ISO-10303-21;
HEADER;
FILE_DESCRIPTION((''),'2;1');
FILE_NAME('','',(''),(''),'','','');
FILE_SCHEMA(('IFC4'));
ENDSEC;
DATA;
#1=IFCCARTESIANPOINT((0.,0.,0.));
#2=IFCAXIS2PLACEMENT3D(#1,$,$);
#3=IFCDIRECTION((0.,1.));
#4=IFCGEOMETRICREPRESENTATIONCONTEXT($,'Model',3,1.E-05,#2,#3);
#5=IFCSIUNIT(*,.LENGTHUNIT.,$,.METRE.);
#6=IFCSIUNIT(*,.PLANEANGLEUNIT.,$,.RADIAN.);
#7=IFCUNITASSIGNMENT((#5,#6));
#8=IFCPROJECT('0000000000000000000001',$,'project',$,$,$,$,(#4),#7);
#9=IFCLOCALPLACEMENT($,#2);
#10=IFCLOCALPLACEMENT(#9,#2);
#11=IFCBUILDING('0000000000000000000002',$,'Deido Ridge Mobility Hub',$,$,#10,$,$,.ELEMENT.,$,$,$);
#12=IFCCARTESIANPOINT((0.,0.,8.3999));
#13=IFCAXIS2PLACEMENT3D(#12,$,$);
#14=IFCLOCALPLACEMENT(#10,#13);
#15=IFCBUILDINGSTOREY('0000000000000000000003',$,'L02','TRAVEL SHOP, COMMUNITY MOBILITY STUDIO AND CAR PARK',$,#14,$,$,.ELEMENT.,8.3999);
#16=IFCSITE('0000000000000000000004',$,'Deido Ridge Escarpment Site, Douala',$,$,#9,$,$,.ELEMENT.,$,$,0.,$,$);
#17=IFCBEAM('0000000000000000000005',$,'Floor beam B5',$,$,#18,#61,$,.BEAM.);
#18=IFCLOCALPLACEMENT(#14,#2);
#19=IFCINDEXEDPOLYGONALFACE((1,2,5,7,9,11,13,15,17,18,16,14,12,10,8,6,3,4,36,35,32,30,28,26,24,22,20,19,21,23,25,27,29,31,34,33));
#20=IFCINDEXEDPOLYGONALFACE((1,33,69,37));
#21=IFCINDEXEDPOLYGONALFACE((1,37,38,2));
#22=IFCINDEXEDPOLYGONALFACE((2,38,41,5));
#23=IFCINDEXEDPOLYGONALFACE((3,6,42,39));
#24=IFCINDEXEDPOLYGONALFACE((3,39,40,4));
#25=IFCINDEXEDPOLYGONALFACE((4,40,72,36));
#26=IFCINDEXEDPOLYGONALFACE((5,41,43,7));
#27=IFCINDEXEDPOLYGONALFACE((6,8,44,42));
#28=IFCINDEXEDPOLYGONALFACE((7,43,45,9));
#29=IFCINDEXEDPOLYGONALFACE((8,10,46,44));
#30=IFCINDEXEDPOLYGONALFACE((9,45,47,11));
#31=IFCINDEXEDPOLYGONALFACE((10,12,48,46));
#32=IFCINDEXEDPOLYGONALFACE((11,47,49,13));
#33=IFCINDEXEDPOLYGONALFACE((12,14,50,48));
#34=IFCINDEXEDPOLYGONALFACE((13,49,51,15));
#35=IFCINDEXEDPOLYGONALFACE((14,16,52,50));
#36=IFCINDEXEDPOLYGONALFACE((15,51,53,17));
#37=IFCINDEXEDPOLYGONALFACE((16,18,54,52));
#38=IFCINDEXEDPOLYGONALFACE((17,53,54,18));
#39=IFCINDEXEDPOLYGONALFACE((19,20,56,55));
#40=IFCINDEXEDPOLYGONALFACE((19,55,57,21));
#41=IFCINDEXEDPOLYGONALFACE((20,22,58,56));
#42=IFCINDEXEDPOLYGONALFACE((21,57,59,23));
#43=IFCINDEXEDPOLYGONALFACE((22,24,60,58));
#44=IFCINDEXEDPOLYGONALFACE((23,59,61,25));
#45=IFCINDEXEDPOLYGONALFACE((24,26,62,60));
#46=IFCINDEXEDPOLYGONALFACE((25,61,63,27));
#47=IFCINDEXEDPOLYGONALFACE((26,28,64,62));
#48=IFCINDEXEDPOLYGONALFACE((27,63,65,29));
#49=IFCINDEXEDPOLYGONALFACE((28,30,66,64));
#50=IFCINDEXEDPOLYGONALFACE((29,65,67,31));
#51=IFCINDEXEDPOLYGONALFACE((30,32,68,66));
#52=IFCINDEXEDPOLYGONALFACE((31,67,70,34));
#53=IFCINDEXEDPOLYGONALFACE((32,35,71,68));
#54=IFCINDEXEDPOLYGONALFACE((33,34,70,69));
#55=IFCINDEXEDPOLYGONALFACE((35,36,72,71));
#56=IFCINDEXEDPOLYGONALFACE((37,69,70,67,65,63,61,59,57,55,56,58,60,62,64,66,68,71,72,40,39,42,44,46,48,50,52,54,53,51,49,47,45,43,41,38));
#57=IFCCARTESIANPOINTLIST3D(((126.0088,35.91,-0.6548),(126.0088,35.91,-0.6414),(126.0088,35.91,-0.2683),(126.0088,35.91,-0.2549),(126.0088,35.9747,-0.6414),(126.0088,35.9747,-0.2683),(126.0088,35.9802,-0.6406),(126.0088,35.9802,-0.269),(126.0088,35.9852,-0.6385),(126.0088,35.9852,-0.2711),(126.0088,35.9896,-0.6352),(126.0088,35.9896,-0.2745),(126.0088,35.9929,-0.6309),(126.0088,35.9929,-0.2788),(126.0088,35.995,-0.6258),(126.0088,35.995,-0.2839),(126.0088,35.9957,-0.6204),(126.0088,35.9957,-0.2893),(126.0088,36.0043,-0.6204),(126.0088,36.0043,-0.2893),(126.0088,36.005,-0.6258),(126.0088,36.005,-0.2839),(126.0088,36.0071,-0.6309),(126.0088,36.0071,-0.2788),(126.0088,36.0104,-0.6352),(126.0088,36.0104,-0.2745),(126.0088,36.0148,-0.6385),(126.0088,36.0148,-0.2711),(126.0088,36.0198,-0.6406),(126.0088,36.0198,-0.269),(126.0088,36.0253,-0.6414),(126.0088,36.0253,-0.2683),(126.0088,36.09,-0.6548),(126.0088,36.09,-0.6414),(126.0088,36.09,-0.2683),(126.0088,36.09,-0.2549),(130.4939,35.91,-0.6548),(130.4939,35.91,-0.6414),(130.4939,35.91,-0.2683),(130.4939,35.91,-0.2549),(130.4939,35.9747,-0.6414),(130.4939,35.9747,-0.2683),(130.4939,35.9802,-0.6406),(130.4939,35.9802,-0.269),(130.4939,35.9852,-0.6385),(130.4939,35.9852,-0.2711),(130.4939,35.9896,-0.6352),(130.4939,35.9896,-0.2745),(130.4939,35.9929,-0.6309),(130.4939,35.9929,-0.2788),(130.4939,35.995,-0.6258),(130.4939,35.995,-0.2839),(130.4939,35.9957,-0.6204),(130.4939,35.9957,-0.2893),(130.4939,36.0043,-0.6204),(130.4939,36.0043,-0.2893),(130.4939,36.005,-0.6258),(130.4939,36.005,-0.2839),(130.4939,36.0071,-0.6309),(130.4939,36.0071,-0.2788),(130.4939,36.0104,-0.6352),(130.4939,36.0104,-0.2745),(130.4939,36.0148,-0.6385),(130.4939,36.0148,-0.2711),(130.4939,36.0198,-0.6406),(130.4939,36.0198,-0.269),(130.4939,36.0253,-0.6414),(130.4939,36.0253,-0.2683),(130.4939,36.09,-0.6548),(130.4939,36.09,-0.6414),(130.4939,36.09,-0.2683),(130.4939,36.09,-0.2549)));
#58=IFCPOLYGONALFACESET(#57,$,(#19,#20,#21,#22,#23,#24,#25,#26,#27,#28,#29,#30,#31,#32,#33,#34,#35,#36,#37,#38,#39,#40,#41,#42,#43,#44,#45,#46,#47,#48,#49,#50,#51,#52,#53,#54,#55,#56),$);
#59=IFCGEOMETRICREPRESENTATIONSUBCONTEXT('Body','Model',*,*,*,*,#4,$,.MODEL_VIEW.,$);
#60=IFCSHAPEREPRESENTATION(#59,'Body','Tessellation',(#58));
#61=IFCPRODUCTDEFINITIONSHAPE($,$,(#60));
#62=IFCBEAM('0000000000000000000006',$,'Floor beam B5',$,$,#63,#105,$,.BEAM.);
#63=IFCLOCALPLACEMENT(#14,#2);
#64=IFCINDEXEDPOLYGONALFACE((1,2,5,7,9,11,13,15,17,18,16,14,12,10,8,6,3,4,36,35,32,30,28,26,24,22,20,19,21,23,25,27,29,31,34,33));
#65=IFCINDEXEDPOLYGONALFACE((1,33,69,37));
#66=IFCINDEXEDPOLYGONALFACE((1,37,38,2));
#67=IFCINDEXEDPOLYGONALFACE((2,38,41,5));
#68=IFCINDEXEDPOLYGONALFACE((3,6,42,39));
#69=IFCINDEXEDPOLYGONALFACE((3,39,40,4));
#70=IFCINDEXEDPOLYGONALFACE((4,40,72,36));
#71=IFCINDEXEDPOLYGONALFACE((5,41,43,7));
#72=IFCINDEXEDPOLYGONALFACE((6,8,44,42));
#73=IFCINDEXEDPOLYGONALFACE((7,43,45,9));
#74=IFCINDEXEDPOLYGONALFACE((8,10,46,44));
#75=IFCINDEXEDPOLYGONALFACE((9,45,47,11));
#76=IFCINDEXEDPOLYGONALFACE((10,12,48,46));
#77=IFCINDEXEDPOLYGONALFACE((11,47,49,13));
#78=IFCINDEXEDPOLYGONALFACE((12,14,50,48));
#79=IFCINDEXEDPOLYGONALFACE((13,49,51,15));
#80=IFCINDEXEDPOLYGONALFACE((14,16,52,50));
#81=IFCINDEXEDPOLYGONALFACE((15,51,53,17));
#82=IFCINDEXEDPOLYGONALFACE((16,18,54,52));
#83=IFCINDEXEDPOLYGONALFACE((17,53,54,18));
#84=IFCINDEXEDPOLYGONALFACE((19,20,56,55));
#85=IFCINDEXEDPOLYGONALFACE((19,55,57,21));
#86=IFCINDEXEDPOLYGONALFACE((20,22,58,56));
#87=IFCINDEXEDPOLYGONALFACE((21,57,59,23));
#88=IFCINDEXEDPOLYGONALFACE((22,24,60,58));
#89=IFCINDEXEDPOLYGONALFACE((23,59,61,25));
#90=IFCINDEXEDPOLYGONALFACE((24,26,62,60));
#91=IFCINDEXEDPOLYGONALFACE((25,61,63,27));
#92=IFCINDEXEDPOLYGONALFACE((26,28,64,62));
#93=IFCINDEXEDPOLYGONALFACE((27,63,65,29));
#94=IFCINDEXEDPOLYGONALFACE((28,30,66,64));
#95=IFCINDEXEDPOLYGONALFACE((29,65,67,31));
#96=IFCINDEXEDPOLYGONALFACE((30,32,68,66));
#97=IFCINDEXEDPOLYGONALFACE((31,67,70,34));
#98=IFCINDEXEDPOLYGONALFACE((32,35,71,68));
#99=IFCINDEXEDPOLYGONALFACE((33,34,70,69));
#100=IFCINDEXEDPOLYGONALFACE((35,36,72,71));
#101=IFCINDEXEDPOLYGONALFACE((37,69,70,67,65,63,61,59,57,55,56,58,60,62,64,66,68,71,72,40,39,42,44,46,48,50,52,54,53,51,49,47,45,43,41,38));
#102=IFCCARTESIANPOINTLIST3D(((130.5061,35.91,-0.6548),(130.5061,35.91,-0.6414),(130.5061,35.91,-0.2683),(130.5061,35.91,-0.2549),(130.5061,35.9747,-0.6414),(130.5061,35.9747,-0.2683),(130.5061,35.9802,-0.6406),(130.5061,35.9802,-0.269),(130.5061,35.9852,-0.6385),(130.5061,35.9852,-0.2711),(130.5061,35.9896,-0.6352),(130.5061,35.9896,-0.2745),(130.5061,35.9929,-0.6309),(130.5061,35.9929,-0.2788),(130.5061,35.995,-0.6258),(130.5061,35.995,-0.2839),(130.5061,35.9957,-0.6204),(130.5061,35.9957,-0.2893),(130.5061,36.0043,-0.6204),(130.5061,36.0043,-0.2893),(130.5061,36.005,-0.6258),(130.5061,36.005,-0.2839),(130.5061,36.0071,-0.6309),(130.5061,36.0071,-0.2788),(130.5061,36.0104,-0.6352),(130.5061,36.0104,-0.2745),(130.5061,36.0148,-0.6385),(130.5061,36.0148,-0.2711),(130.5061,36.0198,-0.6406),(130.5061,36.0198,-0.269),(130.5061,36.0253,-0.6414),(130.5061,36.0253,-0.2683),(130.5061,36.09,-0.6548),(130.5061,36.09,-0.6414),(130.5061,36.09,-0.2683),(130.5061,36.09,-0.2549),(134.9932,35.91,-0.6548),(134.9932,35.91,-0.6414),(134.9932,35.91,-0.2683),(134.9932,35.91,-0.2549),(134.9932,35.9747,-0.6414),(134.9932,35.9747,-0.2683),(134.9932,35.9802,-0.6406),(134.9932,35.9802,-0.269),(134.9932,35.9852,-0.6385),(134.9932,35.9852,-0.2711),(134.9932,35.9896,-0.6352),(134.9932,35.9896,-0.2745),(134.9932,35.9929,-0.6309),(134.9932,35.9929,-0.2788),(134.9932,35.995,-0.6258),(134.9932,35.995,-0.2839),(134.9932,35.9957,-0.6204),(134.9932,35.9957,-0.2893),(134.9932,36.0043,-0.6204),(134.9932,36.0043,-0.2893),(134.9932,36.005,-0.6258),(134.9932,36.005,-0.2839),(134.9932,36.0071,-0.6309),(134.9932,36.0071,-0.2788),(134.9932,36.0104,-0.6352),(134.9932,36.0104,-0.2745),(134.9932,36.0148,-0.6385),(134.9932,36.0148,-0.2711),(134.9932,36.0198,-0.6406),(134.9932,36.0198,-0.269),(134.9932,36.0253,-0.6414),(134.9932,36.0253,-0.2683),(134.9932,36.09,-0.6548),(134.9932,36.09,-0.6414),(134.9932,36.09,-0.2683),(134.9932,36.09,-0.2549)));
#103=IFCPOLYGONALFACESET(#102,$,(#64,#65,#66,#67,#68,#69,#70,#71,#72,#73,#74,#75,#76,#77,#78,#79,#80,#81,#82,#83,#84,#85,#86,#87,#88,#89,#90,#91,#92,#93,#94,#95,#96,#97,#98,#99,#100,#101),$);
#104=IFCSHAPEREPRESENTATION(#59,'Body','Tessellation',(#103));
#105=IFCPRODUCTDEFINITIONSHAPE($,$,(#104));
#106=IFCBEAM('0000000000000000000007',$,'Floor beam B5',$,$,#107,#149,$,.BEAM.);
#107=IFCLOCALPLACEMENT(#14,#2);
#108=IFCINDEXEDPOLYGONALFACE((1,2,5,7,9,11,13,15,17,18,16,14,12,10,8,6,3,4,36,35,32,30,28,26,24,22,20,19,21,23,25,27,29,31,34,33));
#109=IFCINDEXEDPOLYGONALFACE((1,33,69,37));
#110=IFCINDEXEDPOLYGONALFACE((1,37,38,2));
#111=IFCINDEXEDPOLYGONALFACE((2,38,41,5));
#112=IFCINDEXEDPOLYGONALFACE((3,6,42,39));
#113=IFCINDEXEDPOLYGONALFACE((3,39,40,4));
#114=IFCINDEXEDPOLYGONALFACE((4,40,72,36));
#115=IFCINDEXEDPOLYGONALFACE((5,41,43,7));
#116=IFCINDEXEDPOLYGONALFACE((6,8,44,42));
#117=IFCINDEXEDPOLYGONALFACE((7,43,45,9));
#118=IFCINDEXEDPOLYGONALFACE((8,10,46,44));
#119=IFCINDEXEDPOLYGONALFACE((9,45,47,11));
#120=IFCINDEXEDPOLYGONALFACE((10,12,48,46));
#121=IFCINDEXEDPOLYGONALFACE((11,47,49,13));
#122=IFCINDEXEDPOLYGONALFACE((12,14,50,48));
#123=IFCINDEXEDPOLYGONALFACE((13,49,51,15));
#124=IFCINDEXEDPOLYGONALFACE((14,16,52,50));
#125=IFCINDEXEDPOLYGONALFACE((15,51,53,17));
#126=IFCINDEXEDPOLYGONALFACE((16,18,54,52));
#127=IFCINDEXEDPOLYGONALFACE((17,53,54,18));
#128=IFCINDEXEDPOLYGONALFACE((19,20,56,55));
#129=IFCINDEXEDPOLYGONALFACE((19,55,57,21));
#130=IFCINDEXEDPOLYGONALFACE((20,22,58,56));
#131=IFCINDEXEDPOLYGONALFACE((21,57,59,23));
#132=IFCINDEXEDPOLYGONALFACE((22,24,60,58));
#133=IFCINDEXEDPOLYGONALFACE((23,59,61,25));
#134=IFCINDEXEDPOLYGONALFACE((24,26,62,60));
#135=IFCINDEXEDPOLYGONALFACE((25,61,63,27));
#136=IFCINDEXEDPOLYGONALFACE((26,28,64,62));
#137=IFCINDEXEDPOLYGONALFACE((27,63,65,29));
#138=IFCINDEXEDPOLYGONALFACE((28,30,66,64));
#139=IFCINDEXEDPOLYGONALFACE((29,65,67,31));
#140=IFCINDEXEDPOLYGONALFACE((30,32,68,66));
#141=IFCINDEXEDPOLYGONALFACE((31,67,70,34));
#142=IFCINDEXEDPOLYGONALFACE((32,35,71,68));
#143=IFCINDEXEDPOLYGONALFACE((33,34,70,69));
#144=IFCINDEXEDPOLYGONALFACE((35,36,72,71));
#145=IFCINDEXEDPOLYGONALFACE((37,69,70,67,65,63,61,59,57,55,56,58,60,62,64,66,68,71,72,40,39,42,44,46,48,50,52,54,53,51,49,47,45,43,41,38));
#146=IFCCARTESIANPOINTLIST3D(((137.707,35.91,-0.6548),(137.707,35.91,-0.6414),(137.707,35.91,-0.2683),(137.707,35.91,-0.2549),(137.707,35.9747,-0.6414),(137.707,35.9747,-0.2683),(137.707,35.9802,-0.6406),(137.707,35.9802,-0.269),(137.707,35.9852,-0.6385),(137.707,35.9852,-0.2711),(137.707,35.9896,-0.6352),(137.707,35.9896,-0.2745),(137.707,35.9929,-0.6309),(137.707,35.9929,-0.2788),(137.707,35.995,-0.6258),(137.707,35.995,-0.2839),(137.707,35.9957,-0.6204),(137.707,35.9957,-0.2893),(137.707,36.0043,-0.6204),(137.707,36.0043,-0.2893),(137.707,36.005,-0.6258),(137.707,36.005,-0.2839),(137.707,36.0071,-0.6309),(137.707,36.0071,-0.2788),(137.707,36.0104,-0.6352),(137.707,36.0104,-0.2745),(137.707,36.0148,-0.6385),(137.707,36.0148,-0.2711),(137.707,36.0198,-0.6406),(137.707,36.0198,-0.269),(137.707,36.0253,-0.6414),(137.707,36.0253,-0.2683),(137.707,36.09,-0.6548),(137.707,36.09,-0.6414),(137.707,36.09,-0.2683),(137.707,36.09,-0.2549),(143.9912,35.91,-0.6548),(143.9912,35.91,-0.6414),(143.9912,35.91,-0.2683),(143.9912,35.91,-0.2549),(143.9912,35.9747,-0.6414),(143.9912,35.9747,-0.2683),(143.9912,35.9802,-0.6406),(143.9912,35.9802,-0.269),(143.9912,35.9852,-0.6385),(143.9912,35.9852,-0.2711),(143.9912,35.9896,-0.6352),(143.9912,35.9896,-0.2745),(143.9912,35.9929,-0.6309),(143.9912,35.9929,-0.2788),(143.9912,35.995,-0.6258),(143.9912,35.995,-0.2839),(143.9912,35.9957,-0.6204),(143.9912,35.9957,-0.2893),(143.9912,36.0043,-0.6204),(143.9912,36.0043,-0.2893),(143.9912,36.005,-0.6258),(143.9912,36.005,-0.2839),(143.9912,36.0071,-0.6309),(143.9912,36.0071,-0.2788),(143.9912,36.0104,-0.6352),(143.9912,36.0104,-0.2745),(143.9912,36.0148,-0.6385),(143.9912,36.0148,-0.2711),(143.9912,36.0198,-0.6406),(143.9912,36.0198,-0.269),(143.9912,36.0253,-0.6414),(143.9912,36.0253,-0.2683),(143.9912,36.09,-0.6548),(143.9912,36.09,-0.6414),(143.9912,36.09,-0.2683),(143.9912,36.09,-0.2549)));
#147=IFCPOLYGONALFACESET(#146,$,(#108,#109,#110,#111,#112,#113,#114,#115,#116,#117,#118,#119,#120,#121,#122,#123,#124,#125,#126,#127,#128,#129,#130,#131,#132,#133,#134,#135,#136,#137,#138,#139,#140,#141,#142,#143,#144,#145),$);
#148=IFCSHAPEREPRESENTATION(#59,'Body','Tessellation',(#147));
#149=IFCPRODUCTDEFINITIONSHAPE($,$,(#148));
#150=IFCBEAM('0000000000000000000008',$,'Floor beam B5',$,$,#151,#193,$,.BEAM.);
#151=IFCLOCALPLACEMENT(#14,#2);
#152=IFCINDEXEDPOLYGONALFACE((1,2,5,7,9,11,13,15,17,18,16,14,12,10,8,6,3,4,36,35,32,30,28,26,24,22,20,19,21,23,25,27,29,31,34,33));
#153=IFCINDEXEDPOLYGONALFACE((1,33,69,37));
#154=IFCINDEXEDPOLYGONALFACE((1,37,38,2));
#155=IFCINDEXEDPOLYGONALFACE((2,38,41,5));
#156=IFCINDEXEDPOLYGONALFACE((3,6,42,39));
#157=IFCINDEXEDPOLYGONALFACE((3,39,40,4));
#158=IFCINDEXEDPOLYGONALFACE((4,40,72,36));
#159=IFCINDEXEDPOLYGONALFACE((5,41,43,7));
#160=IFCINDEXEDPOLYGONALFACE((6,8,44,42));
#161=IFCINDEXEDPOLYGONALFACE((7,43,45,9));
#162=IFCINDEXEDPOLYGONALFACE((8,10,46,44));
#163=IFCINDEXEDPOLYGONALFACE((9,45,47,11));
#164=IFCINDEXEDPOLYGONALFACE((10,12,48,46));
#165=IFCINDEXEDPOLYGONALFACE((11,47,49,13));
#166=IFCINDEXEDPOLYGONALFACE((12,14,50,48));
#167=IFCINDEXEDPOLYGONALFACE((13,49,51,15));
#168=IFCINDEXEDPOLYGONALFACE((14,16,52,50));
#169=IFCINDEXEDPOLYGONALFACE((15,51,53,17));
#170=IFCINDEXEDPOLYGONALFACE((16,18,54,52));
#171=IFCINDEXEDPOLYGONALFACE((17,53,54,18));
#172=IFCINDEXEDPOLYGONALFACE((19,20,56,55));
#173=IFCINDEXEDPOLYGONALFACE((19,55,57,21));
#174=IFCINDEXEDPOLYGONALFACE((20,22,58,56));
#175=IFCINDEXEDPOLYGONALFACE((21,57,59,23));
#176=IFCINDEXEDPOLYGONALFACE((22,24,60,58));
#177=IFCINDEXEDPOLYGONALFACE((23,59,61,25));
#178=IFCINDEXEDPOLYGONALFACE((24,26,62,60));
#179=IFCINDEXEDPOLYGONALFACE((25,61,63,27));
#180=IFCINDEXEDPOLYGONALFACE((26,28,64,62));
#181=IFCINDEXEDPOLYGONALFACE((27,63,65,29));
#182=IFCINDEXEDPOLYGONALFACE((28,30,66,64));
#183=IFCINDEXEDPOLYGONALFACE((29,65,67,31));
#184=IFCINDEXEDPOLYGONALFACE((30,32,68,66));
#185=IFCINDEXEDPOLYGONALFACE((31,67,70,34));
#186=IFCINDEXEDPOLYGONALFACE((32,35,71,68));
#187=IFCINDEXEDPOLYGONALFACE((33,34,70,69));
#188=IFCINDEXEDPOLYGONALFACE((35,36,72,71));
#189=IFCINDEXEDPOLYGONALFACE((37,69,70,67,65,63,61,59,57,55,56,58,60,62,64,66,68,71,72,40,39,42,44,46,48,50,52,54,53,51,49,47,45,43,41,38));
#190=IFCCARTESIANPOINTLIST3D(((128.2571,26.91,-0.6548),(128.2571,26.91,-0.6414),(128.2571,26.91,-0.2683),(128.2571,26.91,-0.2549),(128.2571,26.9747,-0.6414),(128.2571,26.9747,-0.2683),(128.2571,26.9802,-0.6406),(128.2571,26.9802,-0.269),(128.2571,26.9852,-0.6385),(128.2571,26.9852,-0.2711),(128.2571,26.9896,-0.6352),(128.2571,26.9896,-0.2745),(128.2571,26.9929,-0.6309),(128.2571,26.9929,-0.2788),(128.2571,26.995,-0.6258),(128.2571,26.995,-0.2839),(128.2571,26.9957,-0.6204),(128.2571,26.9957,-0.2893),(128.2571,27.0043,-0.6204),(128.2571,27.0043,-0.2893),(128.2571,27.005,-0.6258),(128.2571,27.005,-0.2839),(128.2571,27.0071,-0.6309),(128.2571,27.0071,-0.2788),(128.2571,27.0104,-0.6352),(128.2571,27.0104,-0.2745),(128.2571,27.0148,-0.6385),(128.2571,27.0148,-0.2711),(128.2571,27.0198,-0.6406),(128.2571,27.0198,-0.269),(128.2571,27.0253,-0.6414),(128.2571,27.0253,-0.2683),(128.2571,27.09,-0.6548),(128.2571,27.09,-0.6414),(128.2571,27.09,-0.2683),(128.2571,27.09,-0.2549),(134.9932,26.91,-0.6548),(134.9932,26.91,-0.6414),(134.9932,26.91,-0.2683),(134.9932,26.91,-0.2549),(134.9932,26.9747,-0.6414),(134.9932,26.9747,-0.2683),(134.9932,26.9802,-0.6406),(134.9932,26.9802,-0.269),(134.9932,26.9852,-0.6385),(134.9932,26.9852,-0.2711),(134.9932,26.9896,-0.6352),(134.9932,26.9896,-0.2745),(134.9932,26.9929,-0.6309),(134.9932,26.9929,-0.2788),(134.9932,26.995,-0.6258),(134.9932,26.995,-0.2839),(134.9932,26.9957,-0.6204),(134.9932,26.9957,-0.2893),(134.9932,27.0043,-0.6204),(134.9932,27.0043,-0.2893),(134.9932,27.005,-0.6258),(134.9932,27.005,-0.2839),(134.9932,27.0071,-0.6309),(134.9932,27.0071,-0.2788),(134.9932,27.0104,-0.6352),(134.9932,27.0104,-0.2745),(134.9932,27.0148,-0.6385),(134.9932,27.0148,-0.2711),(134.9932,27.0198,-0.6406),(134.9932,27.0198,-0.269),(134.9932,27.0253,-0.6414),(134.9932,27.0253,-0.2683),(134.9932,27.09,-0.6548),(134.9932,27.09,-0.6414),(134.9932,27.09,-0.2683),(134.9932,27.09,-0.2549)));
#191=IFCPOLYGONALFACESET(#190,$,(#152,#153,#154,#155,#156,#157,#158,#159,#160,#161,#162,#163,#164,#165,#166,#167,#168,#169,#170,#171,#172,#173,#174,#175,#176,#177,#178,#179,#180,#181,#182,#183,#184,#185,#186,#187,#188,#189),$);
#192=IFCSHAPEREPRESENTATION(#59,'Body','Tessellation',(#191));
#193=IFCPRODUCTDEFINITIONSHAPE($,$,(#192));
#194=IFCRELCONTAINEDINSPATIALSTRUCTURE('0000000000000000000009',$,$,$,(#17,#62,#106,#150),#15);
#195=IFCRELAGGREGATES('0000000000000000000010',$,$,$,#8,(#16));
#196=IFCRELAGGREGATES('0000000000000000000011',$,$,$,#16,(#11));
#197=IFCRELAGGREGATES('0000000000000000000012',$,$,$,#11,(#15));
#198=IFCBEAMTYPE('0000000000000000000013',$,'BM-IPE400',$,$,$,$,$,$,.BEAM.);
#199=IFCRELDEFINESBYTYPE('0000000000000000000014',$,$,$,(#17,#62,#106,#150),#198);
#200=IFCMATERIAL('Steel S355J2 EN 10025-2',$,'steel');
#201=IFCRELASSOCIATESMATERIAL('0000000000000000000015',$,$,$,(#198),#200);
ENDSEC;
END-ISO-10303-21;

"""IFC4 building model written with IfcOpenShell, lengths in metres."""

from ifc_helpers import new_model, si_unit, direction, frame, origin, origin_2d, place, context, subcontext, project, spatial, i_section, extrude, material, material_profile, profile_set, type_object, element, save


model = new_model("IFC4")

# Units and contexts
model_context = context("Model", 3, precision=1e-05, world=origin(), true_north=direction((0.0, 1.0)))
body_context = subcontext(model_context, "Body", "Model", "MODEL_VIEW")
ifc_project = project(units=[si_unit("LENGTHUNIT", "METRE"), si_unit("PLANEANGLEUNIT", "RADIAN")], contexts=[model_context])

# Site, building, storey
site_placement = place(None, origin())
site = spatial("IfcSite", under=ifc_project, at=site_placement, Name="Deido Ridge Escarpment Site, Douala", CompositionType="ELEMENT", RefElevation=0.0)
building_placement = place(site_placement, origin())
building = spatial("IfcBuilding", under=site, at=building_placement, Name="Deido Ridge Mobility Hub", CompositionType="ELEMENT")
storey_placement = place(building_placement, frame((0.0, 0.0, 8.3999)))
storey = spatial("IfcBuildingStorey", under=building, at=storey_placement, Name="L02", Description="TRAVEL SHOP, COMMUNITY MOBILITY STUDIO AND CAR PARK", CompositionType="ELEMENT", Elevation=8.3999)

# Shared definitions
ifc_material_1 = material(Name="Steel S355J2 EN 10025-2", Category="steel")

# Beams
ifc_material_profile_1 = material_profile(ifc_material_1, i_section(OverallWidth=0.1799, OverallDepth=0.3999, WebThickness=0.0085, FlangeThickness=0.0134, FilletRadius=0.021, at=origin_2d()), Name="IPE 400")
ifc_profile_set_1 = profile_set([ifc_material_profile_1], Name="Steel S355J2 EN 10025-2")
beam_type_1 = type_object("IfcBeamType", Name="BM-IPE400", PredefinedType="BEAM", material=ifc_profile_set_1)
beam_1_placement = place(storey_placement, frame((126.0088, 36.0, -0.4548), z_axis=(1.0, 0.0, 0.0), x_axis=(0.0, 1.0, 0.0)))
element("IfcBeam", 1, at=beam_1_placement, inside=storey, type_object=beam_type_1, Name="Floor beam B5", PredefinedType="BEAM", context=body_context, shape_type="SweptSolid", body=[
    extrude(i_section(OverallWidth=0.1799, OverallDepth=0.3999, WebThickness=0.0085, FlangeThickness=0.0134, FilletRadius=0.021, at=origin_2d()), origin(), (0.0, 0.0, 1.0), 4.4851),
])
beam_2_placement = place(storey_placement, frame((130.5061, 36.0, -0.4548), z_axis=(1.0, 0.0, 0.0), x_axis=(0.0, 1.0, 0.0)))
element("IfcBeam", 2, at=beam_2_placement, inside=storey, type_object=beam_type_1, Name="Floor beam B5", PredefinedType="BEAM", context=body_context, shape_type="SweptSolid", body=[
    extrude(i_section(OverallWidth=0.1799, OverallDepth=0.3999, WebThickness=0.0085, FlangeThickness=0.0134, FilletRadius=0.021, at=origin_2d()), origin(), (0.0, 0.0, 1.0), 4.4871),
])
beam_3_placement = place(storey_placement, frame((137.707, 36.0, -0.4548), z_axis=(1.0, 0.0, 0.0), x_axis=(0.0, 1.0, 0.0)))
element("IfcBeam", 3, at=beam_3_placement, inside=storey, type_object=beam_type_1, Name="Floor beam B5", PredefinedType="BEAM", context=body_context, shape_type="SweptSolid", body=[
    extrude(i_section(OverallWidth=0.1799, OverallDepth=0.3999, WebThickness=0.0085, FlangeThickness=0.0134, FilletRadius=0.021, at=origin_2d()), origin(), (0.0, 0.0, 1.0), 6.2842),
])
beam_4_placement = place(storey_placement, frame((128.2571, 27.0, -0.4548), z_axis=(1.0, 0.0, 0.0), x_axis=(0.0, 1.0, 0.0)))
element("IfcBeam", 4, at=beam_4_placement, inside=storey, type_object=beam_type_1, Name="Floor beam B5", PredefinedType="BEAM", context=body_context, shape_type="SweptSolid", body=[
    extrude(i_section(OverallWidth=0.1799, OverallDepth=0.3999, WebThickness=0.0085, FlangeThickness=0.0134, FilletRadius=0.021, at=origin_2d()), origin(), (0.0, 0.0, 1.0), 6.7361),
])

save(model, "model.ifc")
